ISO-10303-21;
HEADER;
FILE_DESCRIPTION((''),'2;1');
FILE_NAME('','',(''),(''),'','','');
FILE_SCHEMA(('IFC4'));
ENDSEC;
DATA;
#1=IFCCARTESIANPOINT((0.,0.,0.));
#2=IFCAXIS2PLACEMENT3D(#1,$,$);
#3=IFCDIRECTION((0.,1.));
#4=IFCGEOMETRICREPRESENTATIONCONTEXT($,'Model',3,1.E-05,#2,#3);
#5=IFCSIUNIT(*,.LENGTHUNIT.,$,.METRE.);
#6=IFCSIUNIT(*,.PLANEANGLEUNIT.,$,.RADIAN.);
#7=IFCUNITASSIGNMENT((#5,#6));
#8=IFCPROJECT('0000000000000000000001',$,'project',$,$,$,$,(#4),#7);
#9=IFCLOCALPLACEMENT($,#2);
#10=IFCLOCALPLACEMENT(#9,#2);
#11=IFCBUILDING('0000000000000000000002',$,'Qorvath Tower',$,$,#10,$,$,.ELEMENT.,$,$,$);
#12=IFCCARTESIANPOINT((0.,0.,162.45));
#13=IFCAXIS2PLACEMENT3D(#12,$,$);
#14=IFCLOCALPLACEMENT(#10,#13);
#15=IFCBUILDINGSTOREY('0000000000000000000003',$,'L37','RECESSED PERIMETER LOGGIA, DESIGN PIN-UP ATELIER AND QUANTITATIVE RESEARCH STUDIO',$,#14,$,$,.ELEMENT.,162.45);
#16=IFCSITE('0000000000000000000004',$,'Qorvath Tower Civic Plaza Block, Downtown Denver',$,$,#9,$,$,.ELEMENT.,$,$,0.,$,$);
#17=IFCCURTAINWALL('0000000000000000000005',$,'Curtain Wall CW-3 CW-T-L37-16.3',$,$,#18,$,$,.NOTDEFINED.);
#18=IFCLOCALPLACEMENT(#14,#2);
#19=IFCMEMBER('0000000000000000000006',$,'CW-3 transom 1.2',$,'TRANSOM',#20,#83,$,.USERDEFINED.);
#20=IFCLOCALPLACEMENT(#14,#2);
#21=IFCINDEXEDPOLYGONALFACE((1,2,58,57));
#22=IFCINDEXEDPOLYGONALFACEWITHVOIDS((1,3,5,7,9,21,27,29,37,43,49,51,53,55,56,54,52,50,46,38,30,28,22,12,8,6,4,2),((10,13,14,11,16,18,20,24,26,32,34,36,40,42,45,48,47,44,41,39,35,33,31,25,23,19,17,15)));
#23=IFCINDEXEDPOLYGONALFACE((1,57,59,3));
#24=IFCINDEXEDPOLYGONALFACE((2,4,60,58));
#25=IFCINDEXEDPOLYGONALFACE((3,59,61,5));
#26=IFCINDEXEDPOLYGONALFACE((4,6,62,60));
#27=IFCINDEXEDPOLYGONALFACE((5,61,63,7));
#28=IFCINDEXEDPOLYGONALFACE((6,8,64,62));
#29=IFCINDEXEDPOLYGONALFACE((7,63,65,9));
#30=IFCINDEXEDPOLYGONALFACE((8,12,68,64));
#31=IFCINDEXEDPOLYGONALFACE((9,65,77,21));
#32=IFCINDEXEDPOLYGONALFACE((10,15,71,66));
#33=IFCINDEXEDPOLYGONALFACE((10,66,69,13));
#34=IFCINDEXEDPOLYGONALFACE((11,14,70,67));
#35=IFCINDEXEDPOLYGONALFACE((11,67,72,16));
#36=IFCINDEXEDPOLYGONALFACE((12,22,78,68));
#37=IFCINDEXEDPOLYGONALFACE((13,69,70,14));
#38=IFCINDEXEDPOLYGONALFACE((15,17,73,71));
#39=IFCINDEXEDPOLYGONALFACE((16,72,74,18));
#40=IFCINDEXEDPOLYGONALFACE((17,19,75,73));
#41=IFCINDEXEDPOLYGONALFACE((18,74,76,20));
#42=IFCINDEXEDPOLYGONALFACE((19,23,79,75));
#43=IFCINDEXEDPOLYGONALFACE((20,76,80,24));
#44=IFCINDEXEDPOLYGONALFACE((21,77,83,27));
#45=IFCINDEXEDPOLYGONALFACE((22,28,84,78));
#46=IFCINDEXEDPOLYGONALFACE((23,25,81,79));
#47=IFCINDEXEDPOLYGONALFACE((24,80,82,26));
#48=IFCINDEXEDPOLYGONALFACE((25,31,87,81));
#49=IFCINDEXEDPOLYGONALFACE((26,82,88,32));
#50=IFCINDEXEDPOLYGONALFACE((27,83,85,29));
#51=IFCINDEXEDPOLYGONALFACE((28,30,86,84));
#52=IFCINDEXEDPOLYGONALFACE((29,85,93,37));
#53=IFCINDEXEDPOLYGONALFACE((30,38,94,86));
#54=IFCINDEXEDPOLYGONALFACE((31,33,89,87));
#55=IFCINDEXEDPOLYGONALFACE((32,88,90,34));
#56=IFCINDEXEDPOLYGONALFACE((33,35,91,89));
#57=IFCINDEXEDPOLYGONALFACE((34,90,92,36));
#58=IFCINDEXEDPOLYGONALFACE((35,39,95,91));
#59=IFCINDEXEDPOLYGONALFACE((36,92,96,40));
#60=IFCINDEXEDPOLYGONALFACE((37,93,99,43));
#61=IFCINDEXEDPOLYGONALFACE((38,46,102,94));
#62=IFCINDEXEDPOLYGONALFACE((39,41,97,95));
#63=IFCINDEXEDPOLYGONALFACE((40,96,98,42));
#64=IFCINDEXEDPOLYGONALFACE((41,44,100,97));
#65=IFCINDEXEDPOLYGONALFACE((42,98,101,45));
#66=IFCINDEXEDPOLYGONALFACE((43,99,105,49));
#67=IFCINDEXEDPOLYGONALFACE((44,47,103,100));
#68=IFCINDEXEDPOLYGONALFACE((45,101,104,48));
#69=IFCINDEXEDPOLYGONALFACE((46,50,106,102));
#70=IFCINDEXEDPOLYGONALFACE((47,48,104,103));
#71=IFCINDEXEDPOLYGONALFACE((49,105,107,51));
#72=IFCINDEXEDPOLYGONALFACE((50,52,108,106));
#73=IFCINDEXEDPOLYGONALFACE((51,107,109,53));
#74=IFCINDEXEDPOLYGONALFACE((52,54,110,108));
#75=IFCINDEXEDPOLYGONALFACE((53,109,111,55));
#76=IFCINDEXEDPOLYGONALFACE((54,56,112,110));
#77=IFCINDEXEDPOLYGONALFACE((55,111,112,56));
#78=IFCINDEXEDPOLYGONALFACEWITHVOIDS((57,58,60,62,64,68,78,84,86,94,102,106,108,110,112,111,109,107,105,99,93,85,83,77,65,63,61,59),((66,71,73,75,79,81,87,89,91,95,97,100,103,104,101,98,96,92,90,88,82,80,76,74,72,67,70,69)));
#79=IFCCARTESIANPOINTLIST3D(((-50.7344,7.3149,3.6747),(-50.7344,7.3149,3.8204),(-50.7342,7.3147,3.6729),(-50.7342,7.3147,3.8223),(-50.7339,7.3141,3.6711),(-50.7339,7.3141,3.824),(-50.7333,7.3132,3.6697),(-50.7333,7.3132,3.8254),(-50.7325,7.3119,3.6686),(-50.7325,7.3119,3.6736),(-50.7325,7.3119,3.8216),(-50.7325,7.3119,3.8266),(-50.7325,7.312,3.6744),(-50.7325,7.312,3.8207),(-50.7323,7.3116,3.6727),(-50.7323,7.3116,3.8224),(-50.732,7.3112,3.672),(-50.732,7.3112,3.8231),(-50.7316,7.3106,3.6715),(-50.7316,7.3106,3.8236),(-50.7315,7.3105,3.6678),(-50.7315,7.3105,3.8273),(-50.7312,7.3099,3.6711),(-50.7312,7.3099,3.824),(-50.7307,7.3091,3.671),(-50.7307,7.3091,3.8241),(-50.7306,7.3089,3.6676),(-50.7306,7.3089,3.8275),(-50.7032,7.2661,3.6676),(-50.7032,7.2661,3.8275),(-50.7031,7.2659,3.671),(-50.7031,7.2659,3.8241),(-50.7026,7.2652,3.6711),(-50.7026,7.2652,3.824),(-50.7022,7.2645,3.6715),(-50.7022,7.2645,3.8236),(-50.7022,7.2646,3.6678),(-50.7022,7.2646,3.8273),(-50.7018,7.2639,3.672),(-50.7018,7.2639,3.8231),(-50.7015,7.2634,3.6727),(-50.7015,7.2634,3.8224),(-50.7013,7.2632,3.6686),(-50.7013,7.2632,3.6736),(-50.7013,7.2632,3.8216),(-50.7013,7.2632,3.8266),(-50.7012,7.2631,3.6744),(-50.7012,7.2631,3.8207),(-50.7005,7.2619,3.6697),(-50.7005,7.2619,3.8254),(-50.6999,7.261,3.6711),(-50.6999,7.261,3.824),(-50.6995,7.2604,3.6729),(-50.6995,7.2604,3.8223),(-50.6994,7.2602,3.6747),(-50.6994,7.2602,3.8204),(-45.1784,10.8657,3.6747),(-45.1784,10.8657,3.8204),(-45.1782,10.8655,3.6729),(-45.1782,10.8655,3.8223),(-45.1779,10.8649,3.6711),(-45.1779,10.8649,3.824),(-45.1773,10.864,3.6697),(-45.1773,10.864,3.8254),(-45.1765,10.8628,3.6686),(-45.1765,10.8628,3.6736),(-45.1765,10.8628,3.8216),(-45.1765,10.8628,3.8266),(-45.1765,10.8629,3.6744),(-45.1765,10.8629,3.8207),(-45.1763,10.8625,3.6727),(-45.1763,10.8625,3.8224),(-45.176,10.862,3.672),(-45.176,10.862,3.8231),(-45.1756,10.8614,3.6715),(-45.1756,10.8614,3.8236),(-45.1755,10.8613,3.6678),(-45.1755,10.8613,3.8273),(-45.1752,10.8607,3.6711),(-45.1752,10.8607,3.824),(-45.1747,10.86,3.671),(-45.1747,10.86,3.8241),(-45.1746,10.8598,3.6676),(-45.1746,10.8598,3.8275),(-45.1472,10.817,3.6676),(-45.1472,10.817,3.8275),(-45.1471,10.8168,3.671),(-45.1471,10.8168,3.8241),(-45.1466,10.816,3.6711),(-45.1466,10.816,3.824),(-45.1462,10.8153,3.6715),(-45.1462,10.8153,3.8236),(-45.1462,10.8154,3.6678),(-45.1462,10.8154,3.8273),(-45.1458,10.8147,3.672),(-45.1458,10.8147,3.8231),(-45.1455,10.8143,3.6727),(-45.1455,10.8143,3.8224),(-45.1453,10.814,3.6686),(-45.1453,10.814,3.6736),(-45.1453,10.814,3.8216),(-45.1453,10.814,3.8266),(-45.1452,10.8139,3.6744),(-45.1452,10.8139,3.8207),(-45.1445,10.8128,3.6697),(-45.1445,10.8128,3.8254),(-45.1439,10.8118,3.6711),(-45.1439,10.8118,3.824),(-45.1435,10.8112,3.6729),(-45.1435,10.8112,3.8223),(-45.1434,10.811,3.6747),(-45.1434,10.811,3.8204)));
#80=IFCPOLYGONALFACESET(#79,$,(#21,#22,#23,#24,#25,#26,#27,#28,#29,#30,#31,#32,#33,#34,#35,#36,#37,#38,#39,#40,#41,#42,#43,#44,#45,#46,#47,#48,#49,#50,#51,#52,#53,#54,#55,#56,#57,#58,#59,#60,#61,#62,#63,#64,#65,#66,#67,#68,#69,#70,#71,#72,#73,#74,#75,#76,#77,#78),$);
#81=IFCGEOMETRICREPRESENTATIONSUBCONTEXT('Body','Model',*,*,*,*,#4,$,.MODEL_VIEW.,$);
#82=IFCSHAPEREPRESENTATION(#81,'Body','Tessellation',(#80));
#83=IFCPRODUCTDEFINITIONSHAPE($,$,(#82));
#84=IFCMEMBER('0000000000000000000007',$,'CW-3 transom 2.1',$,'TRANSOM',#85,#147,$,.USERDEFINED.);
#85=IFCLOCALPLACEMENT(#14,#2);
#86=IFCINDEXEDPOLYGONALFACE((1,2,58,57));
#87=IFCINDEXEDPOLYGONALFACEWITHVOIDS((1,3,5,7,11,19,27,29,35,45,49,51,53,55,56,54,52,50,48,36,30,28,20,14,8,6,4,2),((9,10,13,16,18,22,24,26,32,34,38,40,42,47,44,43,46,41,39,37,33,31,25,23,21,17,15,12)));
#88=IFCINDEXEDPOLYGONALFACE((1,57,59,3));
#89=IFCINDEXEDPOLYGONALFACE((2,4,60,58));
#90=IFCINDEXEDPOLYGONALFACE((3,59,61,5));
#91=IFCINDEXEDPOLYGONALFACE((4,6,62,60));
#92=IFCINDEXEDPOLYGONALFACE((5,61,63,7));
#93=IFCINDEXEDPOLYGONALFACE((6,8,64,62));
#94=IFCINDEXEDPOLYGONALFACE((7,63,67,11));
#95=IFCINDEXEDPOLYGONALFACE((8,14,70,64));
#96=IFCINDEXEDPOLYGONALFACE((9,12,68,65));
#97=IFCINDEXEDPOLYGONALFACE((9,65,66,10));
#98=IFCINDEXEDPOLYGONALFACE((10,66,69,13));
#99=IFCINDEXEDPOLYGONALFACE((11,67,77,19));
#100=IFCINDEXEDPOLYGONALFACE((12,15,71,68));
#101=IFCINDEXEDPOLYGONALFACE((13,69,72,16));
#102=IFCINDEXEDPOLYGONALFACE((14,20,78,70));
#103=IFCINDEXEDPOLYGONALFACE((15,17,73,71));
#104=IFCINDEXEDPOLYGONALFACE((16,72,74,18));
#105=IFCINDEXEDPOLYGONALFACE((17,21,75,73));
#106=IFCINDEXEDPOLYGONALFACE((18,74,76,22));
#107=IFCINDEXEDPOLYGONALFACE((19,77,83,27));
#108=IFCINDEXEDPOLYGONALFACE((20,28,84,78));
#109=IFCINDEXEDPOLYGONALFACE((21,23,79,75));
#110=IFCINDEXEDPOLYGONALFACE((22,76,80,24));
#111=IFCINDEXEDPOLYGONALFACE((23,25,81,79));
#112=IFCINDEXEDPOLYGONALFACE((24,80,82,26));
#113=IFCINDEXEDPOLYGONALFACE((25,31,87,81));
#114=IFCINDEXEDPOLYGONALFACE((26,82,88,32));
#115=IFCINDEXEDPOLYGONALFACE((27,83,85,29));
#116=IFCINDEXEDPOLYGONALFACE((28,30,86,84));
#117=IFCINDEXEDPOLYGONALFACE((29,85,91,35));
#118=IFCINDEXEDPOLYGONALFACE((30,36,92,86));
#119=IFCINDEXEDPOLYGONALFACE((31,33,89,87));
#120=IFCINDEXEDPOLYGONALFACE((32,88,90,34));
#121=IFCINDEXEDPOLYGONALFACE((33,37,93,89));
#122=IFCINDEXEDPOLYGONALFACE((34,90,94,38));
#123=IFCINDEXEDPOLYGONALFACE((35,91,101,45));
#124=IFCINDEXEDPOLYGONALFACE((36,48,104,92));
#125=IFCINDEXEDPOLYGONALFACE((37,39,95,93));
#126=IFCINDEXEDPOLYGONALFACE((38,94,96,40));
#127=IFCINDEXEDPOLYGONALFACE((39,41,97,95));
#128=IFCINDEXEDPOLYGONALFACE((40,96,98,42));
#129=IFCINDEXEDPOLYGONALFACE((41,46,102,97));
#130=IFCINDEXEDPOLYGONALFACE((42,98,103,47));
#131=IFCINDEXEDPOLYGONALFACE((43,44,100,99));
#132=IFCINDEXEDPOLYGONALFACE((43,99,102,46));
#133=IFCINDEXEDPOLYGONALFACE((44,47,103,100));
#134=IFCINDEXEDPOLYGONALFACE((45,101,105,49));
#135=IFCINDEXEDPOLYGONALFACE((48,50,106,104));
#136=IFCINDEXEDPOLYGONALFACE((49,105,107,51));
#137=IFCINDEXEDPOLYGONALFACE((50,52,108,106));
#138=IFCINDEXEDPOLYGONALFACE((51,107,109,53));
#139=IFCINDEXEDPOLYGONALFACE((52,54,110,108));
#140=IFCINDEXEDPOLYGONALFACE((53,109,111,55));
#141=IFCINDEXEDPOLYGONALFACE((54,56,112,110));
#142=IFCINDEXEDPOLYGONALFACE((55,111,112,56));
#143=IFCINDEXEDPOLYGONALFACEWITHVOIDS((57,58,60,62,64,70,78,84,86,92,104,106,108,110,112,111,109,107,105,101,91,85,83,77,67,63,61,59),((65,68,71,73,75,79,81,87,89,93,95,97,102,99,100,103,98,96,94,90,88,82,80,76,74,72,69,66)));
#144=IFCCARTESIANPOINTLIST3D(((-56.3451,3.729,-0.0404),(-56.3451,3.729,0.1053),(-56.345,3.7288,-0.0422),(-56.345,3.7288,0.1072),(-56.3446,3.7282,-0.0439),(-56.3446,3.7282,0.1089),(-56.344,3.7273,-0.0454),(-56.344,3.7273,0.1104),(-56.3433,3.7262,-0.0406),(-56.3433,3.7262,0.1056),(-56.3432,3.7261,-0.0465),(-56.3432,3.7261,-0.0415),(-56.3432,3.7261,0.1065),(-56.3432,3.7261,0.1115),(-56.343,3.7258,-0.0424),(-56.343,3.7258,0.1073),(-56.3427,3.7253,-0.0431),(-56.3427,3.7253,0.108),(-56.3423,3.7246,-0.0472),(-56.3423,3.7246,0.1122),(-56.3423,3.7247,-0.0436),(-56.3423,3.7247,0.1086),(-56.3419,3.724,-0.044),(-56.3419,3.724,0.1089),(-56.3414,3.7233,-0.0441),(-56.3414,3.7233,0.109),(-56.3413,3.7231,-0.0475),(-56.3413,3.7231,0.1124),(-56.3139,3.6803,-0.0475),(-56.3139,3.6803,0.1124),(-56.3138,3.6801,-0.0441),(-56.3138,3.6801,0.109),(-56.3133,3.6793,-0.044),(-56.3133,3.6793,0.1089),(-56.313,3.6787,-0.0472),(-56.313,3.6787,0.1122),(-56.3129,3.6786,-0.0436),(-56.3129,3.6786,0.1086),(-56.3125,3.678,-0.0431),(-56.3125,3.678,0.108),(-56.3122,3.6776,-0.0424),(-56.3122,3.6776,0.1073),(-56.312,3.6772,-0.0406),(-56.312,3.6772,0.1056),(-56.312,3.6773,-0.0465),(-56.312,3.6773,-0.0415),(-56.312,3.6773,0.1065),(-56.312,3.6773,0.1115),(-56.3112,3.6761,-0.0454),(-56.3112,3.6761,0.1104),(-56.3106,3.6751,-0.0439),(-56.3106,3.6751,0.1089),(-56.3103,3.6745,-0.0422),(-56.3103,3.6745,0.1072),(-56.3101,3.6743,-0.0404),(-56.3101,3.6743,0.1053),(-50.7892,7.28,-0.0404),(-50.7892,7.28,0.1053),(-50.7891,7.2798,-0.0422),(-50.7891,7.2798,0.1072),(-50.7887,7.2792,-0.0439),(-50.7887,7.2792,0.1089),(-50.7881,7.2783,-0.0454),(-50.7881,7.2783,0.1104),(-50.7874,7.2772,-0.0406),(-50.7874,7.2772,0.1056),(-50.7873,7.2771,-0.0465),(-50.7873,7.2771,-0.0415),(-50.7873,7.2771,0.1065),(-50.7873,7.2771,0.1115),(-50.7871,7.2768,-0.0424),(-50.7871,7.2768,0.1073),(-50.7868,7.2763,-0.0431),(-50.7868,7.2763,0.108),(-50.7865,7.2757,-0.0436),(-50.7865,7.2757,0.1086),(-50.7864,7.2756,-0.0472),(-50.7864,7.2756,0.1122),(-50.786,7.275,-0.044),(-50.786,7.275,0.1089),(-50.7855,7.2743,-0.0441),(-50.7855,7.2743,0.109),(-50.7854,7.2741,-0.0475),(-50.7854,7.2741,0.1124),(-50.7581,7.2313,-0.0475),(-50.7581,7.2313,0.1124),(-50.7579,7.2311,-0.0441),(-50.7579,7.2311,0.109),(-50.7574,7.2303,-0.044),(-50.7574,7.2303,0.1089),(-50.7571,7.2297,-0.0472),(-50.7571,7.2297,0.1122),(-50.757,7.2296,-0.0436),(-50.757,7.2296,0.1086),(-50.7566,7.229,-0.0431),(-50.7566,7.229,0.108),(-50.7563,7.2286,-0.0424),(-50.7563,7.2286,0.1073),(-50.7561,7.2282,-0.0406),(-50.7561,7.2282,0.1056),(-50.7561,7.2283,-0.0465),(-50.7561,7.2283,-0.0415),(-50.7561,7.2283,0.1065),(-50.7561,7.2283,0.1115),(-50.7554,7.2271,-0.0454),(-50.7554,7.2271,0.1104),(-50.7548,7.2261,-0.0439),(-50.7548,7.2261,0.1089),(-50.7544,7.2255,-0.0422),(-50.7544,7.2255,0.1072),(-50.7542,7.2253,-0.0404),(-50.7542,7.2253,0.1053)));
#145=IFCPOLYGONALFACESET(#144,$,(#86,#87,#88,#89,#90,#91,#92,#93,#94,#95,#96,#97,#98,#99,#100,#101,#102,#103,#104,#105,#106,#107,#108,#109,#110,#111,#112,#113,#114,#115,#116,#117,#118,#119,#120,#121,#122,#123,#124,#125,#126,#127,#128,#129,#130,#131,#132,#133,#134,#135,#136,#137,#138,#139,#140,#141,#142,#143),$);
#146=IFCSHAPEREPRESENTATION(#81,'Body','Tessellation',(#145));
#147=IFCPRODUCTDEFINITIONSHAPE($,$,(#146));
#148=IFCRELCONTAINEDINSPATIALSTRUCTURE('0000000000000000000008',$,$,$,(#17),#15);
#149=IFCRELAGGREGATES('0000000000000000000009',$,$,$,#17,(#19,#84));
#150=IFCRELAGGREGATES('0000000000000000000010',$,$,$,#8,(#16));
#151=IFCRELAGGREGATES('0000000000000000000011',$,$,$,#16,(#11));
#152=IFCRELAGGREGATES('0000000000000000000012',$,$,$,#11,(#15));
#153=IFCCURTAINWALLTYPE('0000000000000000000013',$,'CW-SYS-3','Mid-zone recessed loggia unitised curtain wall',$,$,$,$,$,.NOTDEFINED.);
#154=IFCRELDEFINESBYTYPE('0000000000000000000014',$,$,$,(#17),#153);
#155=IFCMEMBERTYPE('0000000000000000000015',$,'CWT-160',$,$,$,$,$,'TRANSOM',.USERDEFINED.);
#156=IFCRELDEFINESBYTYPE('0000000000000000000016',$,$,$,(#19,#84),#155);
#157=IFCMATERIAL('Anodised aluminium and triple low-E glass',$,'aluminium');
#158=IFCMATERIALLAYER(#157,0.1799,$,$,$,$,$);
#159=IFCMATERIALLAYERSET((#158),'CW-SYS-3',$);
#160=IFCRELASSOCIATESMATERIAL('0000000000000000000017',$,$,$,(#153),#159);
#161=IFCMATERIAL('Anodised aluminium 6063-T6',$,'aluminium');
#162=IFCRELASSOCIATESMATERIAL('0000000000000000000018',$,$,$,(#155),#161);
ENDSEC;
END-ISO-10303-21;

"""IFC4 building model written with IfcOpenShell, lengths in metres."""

from ifc_helpers import new_model, si_unit, direction, frame, origin, origin_2d, place, context, subcontext, project, spatial, hollow_rectangle, extrude, material, layer, layer_set, material_profile, profile_set, type_object, element, aggregate, save


model = new_model("IFC4")

# Units and contexts
model_context = context("Model", 3, precision=1e-05, world=origin(), true_north=direction((0.0, 1.0)))
body_context = subcontext(model_context, "Body", "Model", "MODEL_VIEW")
ifc_project = project(units=[si_unit("LENGTHUNIT", "METRE"), si_unit("PLANEANGLEUNIT", "RADIAN")], contexts=[model_context])

# Site, building, storey
site_placement = place(None, origin())
site = spatial("IfcSite", under=ifc_project, at=site_placement, Name="Qorvath Tower Civic Plaza Block, Downtown Denver", CompositionType="ELEMENT", RefElevation=0.0)
building_placement = place(site_placement, origin())
building = spatial("IfcBuilding", under=site, at=building_placement, Name="Qorvath Tower", CompositionType="ELEMENT")
storey_placement = place(building_placement, frame((0.0, 0.0, 162.45)))
storey = spatial("IfcBuildingStorey", under=building, at=storey_placement, Name="L37", Description="RECESSED PERIMETER LOGGIA, DESIGN PIN-UP ATELIER AND QUANTITATIVE RESEARCH STUDIO", CompositionType="ELEMENT", Elevation=162.45)

# Curtain wall
ifc_material_1 = material(Name="Anodised aluminium and triple low-E glass", Category="aluminium")
ifc_layer_1 = layer(ifc_material_1, 0.1799)
ifc_layer_set_1 = layer_set([ifc_layer_1], Name="CW-SYS-3")
curtain_wall_type = type_object("IfcCurtainWallType", Name="CW-SYS-3", Description="Mid-zone recessed loggia unitised curtain wall", PredefinedType="NOTDEFINED", material=ifc_layer_set_1)
curtain_wall_1_placement = place(storey_placement, origin())
curtain_wall_1 = element("IfcCurtainWall", 1, at=curtain_wall_1_placement, inside=storey, type_object=curtain_wall_type, Name="Curtain Wall CW-3 CW-T-L37-16.3", PredefinedType="NOTDEFINED")

# Members
ifc_material_2 = material(Name="Anodised aluminium 6063-T6", Category="aluminium")
ifc_material_profile_1 = material_profile(ifc_material_2, hollow_rectangle(XDim=0.0649, YDim=0.1599, WallThickness=0.0034, InnerFilletRadius=0.0034, OuterFilletRadius=0.0071, at=origin_2d()), Name="CWT 160x65")
ifc_profile_set_1 = profile_set([ifc_material_profile_1], Name="Anodised aluminium 6063-T6")
member_type_1 = type_object("IfcMemberType", Name="CWT-160", ElementType="TRANSOM", PredefinedType="USERDEFINED", material=ifc_profile_set_1)
member_1_placement = place(storey_placement, frame((-45.1609, 10.8384, 3.7476), z_axis=(-0.842616, -0.538516, 0.0), x_axis=(0.538516, -0.842616, 0.0)))
member_1 = element("IfcMember", 2, at=member_1_placement, type_object=member_type_1, Name="CW-3 transom 1.2", ObjectType="TRANSOM", PredefinedType="USERDEFINED", context=body_context, shape_type="SweptSolid", body=[
    extrude(hollow_rectangle(XDim=0.0649, YDim=0.1599, WallThickness=0.0034, InnerFilletRadius=0.0034, OuterFilletRadius=0.0071, at=origin_2d()), origin(), (0.0, 0.0, 1.0), 6.5938),
])
member_2_placement = place(storey_placement, frame((-50.7717, 7.2527, 0.0325), z_axis=(-0.842599, -0.538542, 0.0), x_axis=(0.538542, -0.842599, 0.0)))
member_2 = element("IfcMember", 3, at=member_2_placement, type_object=member_type_1, Name="CW-3 transom 2.1", ObjectType="TRANSOM", PredefinedType="USERDEFINED", context=body_context, shape_type="SweptSolid", body=[
    extrude(hollow_rectangle(XDim=0.0649, YDim=0.1599, WallThickness=0.0034, InnerFilletRadius=0.0034, OuterFilletRadius=0.0071, at=origin_2d()), origin(), (0.0, 0.0, 1.0), 6.5938),
])

aggregate(curtain_wall_1, [member_1, member_2])

save(model, "model.ifc")
